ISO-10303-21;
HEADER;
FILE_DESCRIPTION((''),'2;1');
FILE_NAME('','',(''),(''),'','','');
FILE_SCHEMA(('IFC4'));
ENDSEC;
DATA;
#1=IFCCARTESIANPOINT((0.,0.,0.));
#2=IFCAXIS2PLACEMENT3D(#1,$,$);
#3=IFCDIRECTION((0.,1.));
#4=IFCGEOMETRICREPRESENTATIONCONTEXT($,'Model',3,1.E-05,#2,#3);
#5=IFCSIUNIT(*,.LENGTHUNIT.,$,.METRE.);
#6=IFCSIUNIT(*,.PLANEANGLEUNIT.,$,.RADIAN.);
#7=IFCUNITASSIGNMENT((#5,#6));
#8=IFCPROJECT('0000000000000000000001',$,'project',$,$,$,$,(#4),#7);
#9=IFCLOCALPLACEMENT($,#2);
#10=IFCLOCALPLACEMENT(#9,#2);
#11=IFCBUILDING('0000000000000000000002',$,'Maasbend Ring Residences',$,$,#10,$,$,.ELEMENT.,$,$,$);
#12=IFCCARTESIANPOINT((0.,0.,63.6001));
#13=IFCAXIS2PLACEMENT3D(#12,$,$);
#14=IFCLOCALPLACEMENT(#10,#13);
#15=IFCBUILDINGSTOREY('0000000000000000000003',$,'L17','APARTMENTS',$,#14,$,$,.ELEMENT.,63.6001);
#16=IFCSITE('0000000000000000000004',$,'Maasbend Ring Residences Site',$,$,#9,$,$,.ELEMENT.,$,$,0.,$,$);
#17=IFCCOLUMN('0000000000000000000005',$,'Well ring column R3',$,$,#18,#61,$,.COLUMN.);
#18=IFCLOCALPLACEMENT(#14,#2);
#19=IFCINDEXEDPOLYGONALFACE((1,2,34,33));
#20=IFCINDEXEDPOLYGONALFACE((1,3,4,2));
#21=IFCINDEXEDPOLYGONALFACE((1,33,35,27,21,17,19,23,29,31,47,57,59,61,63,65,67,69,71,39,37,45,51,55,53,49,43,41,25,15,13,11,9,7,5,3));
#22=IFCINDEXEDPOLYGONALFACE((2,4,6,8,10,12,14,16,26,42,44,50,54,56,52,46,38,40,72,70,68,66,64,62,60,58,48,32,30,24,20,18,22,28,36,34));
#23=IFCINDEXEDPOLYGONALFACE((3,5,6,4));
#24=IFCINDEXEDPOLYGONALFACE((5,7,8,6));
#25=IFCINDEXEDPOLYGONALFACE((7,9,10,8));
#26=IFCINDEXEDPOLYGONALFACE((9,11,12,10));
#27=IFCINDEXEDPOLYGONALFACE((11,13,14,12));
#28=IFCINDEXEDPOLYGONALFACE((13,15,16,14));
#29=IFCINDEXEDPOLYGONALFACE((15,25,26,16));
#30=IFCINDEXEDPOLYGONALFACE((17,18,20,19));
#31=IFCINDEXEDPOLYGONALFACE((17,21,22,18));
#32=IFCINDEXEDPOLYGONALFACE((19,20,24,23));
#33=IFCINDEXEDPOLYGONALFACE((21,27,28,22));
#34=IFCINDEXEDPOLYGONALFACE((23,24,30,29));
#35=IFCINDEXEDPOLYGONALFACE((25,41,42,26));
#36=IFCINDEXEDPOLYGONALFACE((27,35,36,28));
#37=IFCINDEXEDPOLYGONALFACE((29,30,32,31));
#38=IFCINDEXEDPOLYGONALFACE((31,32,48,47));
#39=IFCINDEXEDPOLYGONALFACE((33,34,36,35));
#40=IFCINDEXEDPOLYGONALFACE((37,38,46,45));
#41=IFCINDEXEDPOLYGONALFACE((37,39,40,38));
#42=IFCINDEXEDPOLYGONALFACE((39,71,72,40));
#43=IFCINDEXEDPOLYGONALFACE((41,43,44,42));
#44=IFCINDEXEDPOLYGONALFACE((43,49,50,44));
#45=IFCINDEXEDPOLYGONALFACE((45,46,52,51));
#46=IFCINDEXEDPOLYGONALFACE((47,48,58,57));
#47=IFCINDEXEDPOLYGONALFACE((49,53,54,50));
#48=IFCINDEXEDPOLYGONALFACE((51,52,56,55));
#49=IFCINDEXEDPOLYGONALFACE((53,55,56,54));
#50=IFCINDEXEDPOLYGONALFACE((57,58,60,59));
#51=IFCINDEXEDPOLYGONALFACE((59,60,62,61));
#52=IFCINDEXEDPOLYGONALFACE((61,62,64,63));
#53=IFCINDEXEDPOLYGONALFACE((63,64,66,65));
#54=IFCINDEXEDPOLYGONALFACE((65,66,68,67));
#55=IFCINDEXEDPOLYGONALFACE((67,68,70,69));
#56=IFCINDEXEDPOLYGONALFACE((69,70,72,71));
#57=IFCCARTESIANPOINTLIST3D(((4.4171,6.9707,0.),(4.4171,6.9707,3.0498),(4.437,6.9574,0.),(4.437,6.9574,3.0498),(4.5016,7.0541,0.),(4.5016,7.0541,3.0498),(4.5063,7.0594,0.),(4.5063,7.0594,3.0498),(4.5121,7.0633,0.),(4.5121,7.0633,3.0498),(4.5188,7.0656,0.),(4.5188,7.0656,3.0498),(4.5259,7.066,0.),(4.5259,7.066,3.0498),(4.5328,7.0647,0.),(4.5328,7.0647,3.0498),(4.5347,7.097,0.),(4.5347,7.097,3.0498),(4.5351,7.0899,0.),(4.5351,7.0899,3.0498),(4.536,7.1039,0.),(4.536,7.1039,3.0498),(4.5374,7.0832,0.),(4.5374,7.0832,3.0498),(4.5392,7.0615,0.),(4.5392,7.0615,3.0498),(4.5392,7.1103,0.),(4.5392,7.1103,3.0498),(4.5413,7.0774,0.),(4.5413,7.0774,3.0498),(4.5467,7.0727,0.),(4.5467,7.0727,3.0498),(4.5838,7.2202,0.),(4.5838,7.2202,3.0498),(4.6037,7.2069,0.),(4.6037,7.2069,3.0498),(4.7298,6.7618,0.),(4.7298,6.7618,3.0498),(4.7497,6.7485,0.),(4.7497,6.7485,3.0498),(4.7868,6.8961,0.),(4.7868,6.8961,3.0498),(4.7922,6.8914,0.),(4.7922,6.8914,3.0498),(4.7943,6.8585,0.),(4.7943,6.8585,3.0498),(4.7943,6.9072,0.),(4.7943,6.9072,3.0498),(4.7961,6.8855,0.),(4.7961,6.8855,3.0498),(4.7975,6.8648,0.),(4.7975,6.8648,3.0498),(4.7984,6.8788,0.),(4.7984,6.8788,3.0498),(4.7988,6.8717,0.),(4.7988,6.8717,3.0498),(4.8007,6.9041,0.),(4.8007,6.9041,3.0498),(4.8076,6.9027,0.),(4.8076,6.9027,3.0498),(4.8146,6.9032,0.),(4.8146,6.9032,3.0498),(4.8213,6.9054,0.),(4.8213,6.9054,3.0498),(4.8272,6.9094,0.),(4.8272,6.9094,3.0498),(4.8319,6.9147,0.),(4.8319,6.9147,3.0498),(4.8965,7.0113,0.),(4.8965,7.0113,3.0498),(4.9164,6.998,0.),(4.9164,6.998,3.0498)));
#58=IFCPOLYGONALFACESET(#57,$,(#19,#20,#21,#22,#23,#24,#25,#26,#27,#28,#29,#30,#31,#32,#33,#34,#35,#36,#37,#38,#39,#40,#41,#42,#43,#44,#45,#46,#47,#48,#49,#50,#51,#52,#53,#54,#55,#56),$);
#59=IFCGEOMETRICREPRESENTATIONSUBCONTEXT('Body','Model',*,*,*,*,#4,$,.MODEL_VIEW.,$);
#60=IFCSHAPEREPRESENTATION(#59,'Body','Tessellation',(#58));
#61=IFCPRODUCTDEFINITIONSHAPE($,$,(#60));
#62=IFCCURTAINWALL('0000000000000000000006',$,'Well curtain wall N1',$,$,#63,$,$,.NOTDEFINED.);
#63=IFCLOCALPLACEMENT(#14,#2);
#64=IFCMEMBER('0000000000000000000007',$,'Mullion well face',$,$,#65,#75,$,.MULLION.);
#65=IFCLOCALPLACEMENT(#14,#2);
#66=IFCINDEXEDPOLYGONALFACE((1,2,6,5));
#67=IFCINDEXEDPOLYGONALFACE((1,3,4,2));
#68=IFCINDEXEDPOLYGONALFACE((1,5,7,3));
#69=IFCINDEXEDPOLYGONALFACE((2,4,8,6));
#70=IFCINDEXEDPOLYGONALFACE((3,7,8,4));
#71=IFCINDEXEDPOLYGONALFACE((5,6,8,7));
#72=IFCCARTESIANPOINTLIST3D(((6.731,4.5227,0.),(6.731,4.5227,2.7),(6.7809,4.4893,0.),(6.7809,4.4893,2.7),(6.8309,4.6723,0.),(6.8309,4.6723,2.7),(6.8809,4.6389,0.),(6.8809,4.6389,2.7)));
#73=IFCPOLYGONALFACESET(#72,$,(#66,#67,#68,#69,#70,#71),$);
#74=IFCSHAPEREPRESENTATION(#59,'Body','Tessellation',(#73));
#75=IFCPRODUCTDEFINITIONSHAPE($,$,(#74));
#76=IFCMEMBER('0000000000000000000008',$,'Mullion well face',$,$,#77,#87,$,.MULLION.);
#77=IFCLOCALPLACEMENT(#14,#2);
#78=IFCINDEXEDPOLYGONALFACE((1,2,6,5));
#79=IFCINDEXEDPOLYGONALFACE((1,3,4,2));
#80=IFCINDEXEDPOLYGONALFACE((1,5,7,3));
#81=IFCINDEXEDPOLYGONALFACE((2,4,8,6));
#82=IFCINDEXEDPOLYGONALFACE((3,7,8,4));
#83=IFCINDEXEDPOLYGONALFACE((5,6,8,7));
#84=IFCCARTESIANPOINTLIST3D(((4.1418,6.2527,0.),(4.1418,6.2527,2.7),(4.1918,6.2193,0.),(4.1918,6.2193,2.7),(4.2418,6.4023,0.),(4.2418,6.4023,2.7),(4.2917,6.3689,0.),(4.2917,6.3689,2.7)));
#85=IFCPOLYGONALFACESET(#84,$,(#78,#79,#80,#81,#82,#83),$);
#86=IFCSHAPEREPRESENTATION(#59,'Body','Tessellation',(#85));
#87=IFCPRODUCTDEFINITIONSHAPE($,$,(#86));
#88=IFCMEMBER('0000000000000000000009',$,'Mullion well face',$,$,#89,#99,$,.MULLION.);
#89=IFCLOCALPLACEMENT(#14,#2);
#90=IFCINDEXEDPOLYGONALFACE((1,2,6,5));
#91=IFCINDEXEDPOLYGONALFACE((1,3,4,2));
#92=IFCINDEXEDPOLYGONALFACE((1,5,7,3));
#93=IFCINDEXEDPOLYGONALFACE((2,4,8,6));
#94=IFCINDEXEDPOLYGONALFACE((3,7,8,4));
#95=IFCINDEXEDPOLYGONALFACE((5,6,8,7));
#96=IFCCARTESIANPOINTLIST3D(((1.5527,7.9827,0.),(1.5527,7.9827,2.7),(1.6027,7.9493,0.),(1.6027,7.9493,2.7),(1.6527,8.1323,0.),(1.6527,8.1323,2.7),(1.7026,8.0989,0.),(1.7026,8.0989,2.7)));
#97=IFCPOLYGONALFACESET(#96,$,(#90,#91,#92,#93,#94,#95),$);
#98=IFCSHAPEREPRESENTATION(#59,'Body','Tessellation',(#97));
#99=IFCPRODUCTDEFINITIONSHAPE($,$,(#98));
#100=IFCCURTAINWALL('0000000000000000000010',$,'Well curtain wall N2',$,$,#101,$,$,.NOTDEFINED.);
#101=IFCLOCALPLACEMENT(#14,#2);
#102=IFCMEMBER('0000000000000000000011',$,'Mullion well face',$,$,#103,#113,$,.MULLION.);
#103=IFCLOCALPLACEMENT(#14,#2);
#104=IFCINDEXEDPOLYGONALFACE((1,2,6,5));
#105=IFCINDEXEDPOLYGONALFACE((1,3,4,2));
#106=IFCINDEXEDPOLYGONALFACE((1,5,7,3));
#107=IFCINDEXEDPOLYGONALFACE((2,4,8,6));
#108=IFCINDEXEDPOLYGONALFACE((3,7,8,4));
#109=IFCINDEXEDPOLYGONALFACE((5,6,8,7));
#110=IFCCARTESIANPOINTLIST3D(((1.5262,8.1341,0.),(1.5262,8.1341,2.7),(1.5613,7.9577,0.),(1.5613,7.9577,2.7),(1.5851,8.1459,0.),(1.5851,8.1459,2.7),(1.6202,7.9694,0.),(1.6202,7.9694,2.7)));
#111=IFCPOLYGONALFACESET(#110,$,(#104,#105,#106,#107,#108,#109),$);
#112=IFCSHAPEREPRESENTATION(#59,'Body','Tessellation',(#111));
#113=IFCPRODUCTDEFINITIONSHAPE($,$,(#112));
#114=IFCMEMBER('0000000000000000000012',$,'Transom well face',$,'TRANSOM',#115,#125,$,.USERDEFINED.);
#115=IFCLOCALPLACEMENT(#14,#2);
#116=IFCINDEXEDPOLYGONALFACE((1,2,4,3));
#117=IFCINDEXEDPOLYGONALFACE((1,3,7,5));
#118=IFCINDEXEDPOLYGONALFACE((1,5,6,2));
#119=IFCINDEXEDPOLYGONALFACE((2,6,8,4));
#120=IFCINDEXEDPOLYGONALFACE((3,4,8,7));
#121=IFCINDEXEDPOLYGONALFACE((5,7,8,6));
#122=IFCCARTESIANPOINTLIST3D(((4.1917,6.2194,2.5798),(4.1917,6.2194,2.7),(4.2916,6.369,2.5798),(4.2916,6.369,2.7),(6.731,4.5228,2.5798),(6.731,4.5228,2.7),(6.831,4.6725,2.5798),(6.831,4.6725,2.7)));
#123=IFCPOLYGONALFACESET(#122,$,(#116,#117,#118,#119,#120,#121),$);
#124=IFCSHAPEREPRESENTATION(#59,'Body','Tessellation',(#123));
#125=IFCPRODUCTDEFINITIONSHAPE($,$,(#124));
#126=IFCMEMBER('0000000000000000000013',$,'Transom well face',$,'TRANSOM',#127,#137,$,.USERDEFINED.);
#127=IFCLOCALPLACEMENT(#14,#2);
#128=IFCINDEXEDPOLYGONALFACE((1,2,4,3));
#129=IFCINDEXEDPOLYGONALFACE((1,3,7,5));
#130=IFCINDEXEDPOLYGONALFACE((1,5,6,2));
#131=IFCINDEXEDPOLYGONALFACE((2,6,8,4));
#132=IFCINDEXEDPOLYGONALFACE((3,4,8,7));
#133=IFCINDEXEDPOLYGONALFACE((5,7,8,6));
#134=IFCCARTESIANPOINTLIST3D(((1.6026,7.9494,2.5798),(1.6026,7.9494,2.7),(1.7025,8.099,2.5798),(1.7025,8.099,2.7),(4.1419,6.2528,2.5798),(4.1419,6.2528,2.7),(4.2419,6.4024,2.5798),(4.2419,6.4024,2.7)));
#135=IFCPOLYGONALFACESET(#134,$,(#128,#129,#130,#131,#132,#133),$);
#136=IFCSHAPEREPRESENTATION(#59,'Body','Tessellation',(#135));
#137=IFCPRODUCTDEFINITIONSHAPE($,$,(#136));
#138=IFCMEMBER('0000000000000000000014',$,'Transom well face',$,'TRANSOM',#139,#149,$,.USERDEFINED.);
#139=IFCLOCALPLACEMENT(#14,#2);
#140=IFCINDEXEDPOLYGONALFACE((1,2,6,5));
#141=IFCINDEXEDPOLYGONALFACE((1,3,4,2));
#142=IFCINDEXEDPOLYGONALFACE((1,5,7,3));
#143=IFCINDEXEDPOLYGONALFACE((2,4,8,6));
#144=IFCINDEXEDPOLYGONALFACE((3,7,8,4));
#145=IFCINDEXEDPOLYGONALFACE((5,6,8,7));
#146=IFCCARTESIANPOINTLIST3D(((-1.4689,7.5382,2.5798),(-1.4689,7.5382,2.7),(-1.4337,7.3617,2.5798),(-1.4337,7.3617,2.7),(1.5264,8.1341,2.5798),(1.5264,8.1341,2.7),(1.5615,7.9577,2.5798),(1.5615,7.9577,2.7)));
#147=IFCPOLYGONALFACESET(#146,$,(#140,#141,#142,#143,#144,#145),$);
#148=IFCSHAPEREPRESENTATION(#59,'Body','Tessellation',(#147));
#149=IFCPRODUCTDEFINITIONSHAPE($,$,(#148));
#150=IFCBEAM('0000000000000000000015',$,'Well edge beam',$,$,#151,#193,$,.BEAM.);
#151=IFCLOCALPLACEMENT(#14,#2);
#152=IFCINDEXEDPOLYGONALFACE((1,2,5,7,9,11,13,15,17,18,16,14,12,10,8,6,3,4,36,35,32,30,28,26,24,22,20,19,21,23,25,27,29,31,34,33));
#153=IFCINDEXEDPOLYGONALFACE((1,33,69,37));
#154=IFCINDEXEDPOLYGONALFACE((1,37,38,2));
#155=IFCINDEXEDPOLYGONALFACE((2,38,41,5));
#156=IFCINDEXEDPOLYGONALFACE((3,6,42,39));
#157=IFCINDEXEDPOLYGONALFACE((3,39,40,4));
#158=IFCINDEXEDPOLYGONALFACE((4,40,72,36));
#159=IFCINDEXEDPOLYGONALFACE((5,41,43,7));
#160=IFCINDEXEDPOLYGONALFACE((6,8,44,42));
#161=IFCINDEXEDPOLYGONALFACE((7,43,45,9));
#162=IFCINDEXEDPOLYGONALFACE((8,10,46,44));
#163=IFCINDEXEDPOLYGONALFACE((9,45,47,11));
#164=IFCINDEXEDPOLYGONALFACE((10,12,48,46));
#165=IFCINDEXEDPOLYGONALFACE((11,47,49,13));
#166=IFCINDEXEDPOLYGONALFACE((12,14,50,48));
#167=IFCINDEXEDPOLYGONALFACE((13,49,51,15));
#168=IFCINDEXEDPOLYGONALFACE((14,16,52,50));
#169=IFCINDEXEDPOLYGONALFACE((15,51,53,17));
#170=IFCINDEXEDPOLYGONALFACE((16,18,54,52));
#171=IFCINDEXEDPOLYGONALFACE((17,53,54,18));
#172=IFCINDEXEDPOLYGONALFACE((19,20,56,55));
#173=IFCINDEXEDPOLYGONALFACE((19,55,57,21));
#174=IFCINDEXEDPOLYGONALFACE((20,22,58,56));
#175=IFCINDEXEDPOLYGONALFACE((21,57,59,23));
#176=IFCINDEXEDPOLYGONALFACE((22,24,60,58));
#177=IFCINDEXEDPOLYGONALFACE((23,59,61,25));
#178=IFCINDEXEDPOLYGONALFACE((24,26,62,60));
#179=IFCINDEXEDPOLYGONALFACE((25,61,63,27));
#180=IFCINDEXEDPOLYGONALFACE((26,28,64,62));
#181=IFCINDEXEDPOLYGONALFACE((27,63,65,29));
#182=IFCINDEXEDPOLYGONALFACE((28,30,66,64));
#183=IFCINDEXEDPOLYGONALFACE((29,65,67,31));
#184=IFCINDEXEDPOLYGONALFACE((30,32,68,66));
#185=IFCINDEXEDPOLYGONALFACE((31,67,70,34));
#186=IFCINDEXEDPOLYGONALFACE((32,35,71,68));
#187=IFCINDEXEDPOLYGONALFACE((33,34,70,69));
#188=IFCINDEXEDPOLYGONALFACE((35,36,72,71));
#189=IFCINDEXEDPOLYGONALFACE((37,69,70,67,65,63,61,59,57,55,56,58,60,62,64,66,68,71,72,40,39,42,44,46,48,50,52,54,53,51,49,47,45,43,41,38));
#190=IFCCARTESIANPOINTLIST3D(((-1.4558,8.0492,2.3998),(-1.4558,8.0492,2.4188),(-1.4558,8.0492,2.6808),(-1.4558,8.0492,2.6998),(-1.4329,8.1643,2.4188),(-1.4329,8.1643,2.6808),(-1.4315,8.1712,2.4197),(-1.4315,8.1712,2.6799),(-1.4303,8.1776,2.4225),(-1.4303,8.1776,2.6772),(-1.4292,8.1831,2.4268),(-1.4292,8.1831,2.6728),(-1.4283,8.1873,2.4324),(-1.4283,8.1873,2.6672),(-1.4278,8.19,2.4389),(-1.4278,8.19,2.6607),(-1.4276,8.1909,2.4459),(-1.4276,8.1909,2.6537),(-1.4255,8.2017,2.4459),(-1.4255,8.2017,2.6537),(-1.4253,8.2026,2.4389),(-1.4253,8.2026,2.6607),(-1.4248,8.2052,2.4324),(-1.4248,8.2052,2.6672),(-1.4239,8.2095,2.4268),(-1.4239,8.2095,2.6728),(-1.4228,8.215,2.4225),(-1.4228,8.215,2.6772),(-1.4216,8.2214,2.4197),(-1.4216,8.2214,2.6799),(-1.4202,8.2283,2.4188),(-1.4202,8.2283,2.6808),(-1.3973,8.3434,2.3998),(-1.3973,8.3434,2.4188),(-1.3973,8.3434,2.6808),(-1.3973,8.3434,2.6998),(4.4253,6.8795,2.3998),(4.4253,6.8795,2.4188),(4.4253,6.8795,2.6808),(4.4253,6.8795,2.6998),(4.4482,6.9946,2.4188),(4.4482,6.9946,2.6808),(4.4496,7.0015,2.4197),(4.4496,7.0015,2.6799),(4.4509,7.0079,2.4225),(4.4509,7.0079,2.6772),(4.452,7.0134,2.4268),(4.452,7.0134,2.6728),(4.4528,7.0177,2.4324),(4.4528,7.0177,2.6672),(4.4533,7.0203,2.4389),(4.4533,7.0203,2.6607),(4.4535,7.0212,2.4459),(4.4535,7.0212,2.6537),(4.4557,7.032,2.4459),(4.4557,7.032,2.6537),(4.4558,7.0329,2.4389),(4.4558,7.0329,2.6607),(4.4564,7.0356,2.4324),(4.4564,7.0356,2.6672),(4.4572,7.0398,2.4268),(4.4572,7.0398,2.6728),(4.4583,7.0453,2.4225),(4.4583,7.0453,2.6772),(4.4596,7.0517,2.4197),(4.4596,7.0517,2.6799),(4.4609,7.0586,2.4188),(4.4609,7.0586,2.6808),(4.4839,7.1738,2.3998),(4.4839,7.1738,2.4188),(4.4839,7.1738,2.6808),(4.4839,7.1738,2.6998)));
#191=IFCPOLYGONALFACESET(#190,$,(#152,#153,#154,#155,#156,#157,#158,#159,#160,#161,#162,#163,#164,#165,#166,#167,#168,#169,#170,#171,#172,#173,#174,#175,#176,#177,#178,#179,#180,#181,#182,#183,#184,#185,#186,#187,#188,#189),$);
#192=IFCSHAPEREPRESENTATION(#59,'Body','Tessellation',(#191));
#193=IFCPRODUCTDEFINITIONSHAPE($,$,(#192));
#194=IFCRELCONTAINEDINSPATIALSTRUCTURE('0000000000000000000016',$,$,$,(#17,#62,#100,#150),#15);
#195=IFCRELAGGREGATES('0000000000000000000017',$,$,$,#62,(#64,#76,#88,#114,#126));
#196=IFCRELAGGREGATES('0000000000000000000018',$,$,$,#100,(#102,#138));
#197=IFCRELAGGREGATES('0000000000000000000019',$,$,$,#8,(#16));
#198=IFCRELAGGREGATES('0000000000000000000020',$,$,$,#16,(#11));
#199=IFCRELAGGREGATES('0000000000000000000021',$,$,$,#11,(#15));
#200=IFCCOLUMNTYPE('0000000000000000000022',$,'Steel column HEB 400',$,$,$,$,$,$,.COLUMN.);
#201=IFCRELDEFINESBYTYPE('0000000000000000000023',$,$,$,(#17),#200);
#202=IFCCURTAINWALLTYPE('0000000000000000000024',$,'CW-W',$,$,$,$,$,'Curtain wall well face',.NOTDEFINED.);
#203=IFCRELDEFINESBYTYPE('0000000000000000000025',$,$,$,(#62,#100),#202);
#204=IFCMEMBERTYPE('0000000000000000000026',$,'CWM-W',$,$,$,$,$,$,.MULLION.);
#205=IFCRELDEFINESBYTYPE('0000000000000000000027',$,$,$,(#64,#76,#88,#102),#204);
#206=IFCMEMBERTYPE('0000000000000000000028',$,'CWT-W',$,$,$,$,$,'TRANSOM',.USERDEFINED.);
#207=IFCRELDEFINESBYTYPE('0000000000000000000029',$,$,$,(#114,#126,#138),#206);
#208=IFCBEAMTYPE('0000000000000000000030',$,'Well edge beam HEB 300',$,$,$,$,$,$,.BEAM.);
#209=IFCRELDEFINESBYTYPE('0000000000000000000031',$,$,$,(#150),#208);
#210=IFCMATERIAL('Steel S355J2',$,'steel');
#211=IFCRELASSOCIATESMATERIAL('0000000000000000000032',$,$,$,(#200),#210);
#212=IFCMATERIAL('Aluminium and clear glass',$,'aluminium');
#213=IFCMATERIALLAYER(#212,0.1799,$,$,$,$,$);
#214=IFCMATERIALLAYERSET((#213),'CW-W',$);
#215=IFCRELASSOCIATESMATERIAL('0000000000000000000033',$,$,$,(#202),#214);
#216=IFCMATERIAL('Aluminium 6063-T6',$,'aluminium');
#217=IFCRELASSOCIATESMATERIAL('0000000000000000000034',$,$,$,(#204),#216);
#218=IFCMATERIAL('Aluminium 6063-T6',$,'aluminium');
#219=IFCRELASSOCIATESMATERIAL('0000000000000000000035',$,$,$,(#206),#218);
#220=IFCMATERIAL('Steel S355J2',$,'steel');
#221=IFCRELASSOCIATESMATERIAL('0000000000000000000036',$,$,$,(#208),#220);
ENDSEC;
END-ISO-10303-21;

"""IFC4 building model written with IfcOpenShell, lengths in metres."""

from ifc_helpers import new_model, si_unit, direction, frame, origin, origin_2d, place, context, subcontext, project, spatial, rectangle, i_section, extrude, material, layer, layer_set, material_profile, profile_set, type_object, element, aggregate, save


model = new_model("IFC4")

# Units and contexts
model_context = context("Model", 3, precision=1e-05, world=origin(), true_north=direction((0.0, 1.0)))
body_context = subcontext(model_context, "Body", "Model", "MODEL_VIEW")
ifc_project = project(units=[si_unit("LENGTHUNIT", "METRE"), si_unit("PLANEANGLEUNIT", "RADIAN")], contexts=[model_context])

# Site, building, storey
site_placement = place(None, origin())
site = spatial("IfcSite", under=ifc_project, at=site_placement, Name="Maasbend Ring Residences Site", CompositionType="ELEMENT", RefElevation=0.0)
building_placement = place(site_placement, origin())
building = spatial("IfcBuilding", under=site, at=building_placement, Name="Maasbend Ring Residences", CompositionType="ELEMENT")
storey_placement = place(building_placement, frame((0.0, 0.0, 63.6001)))
storey = spatial("IfcBuildingStorey", under=building, at=storey_placement, Name="L17", Description="APARTMENTS", CompositionType="ELEMENT", Elevation=63.6001)

# Column
ifc_material_1 = material(Name="Steel S355J2", Category="steel")
ifc_material_profile_1 = material_profile(ifc_material_1, i_section(OverallWidth=0.3, OverallDepth=0.3999, WebThickness=0.0134, FlangeThickness=0.0239, FilletRadius=0.0271, at=origin_2d()), Name="HEB 400")
ifc_profile_set_1 = profile_set([ifc_material_profile_1], Name="Steel S355J2")
column_type = type_object("IfcColumnType", Name="Steel column HEB 400", PredefinedType="COLUMN", material=ifc_profile_set_1)
column_placement = place(storey_placement, frame((4.6667, 6.9844, 0.0), z_axis=(0.0, 0.0, 1.0), x_axis=(0.55557, 0.83147, 0.0)))
element("IfcColumn", 1, at=column_placement, inside=storey, type_object=column_type, Name="Well ring column R3", PredefinedType="COLUMN", context=body_context, shape_type="SweptSolid", body=[
    extrude(i_section(OverallWidth=0.3, OverallDepth=0.3999, WebThickness=0.0134, FlangeThickness=0.0239, FilletRadius=0.0271, at=origin_2d()), origin(), (0.0, 0.0, 1.0), 3.0498),
])

# Curtain wall, members
ifc_material_2 = material(Name="Aluminium and clear glass", Category="aluminium")
ifc_layer_1 = layer(ifc_material_2, 0.1799)
ifc_layer_set_1 = layer_set([ifc_layer_1], Name="CW-W")
curtain_wall_type = type_object("IfcCurtainWallType", Name="CW-W", ElementType="Curtain wall well face", PredefinedType="NOTDEFINED", material=ifc_layer_set_1)
curtain_wall_1_placement = place(storey_placement, origin())
curtain_wall_1 = element("IfcCurtainWall", 2, at=curtain_wall_1_placement, inside=storey, type_object=curtain_wall_type, Name="Well curtain wall N1", PredefinedType="NOTDEFINED")
ifc_material_3 = material(Name="Aluminium 6063-T6", Category="aluminium")
ifc_material_profile_2 = material_profile(ifc_material_3, rectangle(XDim=0.1799, YDim=0.0601, at=origin_2d()), Name="AL 180x60")
ifc_profile_set_2 = profile_set([ifc_material_profile_2], Name="Aluminium 6063-T6")
member_type_1 = type_object("IfcMemberType", Name="CWM-W", PredefinedType="MULLION", material=ifc_profile_set_2)
member_1_placement = place(storey_placement, frame((6.8059, 4.5808, 0.0), z_axis=(0.0, 0.0, 1.0), x_axis=(-0.55557, -0.83147, 0.0)))
member_1 = element("IfcMember", 3, at=member_1_placement, type_object=member_type_1, Name="Mullion well face", PredefinedType="MULLION", context=body_context, shape_type="SweptSolid", body=[
    extrude(rectangle(XDim=0.1799, YDim=0.0601, at=origin_2d()), origin(), (0.0, 0.0, 1.0), 2.7),
])
member_2_placement = place(storey_placement, frame((4.2168, 6.3108, 0.0), z_axis=(0.0, 0.0, 1.0), x_axis=(-0.55557, -0.83147, 0.0)))
member_2 = element("IfcMember", 4, at=member_2_placement, type_object=member_type_1, Name="Mullion well face", PredefinedType="MULLION", context=body_context, shape_type="SweptSolid", body=[
    extrude(rectangle(XDim=0.1799, YDim=0.0601, at=origin_2d()), origin(), (0.0, 0.0, 1.0), 2.7),
])
member_3_placement = place(storey_placement, frame((1.6277, 8.0408, 0.0), z_axis=(0.0, 0.0, 1.0), x_axis=(-0.55557, -0.83147, 0.0)))
member_3 = element("IfcMember", 5, at=member_3_placement, type_object=member_type_1, Name="Mullion well face", PredefinedType="MULLION", context=body_context, shape_type="SweptSolid", body=[
    extrude(rectangle(XDim=0.1799, YDim=0.0601, at=origin_2d()), origin(), (0.0, 0.0, 1.0), 2.7),
])

# Curtain wall, member
curtain_wall_2_placement = place(storey_placement, origin())
curtain_wall_2 = element("IfcCurtainWall", 6, at=curtain_wall_2_placement, inside=storey, type_object=curtain_wall_type, Name="Well curtain wall N2", PredefinedType="NOTDEFINED")
member_4_placement = place(storey_placement, frame((1.5732, 8.0518, 0.0), z_axis=(0.0, 0.0, 1.0), x_axis=(0.19509, -0.980785, 0.0)))
member_4 = element("IfcMember", 7, at=member_4_placement, type_object=member_type_1, Name="Mullion well face", PredefinedType="MULLION", context=body_context, shape_type="SweptSolid", body=[
    extrude(rectangle(XDim=0.1799, YDim=0.0601, at=origin_2d()), origin(), (0.0, 0.0, 1.0), 2.7),
])

# Members
ifc_material_4 = material(Name="Aluminium 6063-T6", Category="aluminium")
ifc_material_profile_3 = material_profile(ifc_material_4, rectangle(XDim=0.1799, YDim=0.1201, at=origin_2d()), Name="AL 180x120")
ifc_profile_set_3 = profile_set([ifc_material_profile_3], Name="Aluminium 6063-T6")
member_type_2 = type_object("IfcMemberType", Name="CWT-W", ElementType="TRANSOM", PredefinedType="USERDEFINED", material=ifc_profile_set_3)
member_5_placement = place(storey_placement, frame((6.781, 4.5977, 2.6399), z_axis=(-0.831496, 0.55553, 0.0), x_axis=(-0.55553, -0.831496, 0.0)))
member_5 = element("IfcMember", 8, at=member_5_placement, type_object=member_type_2, Name="Transom well face", ObjectType="TRANSOM", PredefinedType="USERDEFINED", context=body_context, shape_type="SweptSolid", body=[
    extrude(rectangle(XDim=0.1799, YDim=0.1201, at=origin_2d()), origin(), (0.0, 0.0, 1.0), 3.054),
])
member_6_placement = place(storey_placement, frame((4.1919, 6.3276, 2.6399), z_axis=(-0.831496, 0.55553, 0.0), x_axis=(-0.55553, -0.831496, 0.0)))
member_6 = element("IfcMember", 9, at=member_6_placement, type_object=member_type_2, Name="Transom well face", ObjectType="TRANSOM", PredefinedType="USERDEFINED", context=body_context, shape_type="SweptSolid", body=[
    extrude(rectangle(XDim=0.1799, YDim=0.1201, at=origin_2d()), origin(), (0.0, 0.0, 1.0), 3.054),
])
member_7_placement = place(storey_placement, frame((1.5439, 8.0459, 2.6399), z_axis=(-0.980777, -0.195132, 0.0), x_axis=(0.195132, -0.980777, 0.0)))
member_7 = element("IfcMember", 10, at=member_7_placement, type_object=member_type_2, Name="Transom well face", ObjectType="TRANSOM", PredefinedType="USERDEFINED", context=body_context, shape_type="SweptSolid", body=[
    extrude(rectangle(XDim=0.1799, YDim=0.1201, at=origin_2d()), origin(), (0.0, 0.0, 1.0), 3.054),
])

# Beam
ifc_material_5 = material(Name="Steel S355J2", Category="steel")
ifc_material_profile_4 = material_profile(ifc_material_5, i_section(OverallWidth=0.3, OverallDepth=0.3, WebThickness=0.011, FlangeThickness=0.019, FilletRadius=0.0271, at=origin_2d()), Name="HEB 300")
ifc_profile_set_4 = profile_set([ifc_material_profile_4], Name="Steel S355J2")
beam_type = type_object("IfcBeamType", Name="Well edge beam HEB 300", PredefinedType="BEAM", material=ifc_profile_set_4)
beam_placement = place(storey_placement, frame((4.4546, 7.0266, 2.5498), z_axis=(-0.98079, 0.195067, 0.0), x_axis=(-0.195067, -0.98079, 0.0)))
element("IfcBeam", 11, at=beam_placement, inside=storey, type_object=beam_type, Name="Well edge beam", PredefinedType="BEAM", context=body_context, shape_type="SweptSolid", body=[
    extrude(i_section(OverallWidth=0.3, OverallDepth=0.3, WebThickness=0.011, FlangeThickness=0.019, FilletRadius=0.0271, at=origin_2d()), origin(), (0.0, 0.0, 1.0), 5.9963),
])

aggregate(curtain_wall_1, [member_1, member_2, member_3, member_5, member_6])
aggregate(curtain_wall_2, [member_4, member_7])

save(model, "model.ifc")
